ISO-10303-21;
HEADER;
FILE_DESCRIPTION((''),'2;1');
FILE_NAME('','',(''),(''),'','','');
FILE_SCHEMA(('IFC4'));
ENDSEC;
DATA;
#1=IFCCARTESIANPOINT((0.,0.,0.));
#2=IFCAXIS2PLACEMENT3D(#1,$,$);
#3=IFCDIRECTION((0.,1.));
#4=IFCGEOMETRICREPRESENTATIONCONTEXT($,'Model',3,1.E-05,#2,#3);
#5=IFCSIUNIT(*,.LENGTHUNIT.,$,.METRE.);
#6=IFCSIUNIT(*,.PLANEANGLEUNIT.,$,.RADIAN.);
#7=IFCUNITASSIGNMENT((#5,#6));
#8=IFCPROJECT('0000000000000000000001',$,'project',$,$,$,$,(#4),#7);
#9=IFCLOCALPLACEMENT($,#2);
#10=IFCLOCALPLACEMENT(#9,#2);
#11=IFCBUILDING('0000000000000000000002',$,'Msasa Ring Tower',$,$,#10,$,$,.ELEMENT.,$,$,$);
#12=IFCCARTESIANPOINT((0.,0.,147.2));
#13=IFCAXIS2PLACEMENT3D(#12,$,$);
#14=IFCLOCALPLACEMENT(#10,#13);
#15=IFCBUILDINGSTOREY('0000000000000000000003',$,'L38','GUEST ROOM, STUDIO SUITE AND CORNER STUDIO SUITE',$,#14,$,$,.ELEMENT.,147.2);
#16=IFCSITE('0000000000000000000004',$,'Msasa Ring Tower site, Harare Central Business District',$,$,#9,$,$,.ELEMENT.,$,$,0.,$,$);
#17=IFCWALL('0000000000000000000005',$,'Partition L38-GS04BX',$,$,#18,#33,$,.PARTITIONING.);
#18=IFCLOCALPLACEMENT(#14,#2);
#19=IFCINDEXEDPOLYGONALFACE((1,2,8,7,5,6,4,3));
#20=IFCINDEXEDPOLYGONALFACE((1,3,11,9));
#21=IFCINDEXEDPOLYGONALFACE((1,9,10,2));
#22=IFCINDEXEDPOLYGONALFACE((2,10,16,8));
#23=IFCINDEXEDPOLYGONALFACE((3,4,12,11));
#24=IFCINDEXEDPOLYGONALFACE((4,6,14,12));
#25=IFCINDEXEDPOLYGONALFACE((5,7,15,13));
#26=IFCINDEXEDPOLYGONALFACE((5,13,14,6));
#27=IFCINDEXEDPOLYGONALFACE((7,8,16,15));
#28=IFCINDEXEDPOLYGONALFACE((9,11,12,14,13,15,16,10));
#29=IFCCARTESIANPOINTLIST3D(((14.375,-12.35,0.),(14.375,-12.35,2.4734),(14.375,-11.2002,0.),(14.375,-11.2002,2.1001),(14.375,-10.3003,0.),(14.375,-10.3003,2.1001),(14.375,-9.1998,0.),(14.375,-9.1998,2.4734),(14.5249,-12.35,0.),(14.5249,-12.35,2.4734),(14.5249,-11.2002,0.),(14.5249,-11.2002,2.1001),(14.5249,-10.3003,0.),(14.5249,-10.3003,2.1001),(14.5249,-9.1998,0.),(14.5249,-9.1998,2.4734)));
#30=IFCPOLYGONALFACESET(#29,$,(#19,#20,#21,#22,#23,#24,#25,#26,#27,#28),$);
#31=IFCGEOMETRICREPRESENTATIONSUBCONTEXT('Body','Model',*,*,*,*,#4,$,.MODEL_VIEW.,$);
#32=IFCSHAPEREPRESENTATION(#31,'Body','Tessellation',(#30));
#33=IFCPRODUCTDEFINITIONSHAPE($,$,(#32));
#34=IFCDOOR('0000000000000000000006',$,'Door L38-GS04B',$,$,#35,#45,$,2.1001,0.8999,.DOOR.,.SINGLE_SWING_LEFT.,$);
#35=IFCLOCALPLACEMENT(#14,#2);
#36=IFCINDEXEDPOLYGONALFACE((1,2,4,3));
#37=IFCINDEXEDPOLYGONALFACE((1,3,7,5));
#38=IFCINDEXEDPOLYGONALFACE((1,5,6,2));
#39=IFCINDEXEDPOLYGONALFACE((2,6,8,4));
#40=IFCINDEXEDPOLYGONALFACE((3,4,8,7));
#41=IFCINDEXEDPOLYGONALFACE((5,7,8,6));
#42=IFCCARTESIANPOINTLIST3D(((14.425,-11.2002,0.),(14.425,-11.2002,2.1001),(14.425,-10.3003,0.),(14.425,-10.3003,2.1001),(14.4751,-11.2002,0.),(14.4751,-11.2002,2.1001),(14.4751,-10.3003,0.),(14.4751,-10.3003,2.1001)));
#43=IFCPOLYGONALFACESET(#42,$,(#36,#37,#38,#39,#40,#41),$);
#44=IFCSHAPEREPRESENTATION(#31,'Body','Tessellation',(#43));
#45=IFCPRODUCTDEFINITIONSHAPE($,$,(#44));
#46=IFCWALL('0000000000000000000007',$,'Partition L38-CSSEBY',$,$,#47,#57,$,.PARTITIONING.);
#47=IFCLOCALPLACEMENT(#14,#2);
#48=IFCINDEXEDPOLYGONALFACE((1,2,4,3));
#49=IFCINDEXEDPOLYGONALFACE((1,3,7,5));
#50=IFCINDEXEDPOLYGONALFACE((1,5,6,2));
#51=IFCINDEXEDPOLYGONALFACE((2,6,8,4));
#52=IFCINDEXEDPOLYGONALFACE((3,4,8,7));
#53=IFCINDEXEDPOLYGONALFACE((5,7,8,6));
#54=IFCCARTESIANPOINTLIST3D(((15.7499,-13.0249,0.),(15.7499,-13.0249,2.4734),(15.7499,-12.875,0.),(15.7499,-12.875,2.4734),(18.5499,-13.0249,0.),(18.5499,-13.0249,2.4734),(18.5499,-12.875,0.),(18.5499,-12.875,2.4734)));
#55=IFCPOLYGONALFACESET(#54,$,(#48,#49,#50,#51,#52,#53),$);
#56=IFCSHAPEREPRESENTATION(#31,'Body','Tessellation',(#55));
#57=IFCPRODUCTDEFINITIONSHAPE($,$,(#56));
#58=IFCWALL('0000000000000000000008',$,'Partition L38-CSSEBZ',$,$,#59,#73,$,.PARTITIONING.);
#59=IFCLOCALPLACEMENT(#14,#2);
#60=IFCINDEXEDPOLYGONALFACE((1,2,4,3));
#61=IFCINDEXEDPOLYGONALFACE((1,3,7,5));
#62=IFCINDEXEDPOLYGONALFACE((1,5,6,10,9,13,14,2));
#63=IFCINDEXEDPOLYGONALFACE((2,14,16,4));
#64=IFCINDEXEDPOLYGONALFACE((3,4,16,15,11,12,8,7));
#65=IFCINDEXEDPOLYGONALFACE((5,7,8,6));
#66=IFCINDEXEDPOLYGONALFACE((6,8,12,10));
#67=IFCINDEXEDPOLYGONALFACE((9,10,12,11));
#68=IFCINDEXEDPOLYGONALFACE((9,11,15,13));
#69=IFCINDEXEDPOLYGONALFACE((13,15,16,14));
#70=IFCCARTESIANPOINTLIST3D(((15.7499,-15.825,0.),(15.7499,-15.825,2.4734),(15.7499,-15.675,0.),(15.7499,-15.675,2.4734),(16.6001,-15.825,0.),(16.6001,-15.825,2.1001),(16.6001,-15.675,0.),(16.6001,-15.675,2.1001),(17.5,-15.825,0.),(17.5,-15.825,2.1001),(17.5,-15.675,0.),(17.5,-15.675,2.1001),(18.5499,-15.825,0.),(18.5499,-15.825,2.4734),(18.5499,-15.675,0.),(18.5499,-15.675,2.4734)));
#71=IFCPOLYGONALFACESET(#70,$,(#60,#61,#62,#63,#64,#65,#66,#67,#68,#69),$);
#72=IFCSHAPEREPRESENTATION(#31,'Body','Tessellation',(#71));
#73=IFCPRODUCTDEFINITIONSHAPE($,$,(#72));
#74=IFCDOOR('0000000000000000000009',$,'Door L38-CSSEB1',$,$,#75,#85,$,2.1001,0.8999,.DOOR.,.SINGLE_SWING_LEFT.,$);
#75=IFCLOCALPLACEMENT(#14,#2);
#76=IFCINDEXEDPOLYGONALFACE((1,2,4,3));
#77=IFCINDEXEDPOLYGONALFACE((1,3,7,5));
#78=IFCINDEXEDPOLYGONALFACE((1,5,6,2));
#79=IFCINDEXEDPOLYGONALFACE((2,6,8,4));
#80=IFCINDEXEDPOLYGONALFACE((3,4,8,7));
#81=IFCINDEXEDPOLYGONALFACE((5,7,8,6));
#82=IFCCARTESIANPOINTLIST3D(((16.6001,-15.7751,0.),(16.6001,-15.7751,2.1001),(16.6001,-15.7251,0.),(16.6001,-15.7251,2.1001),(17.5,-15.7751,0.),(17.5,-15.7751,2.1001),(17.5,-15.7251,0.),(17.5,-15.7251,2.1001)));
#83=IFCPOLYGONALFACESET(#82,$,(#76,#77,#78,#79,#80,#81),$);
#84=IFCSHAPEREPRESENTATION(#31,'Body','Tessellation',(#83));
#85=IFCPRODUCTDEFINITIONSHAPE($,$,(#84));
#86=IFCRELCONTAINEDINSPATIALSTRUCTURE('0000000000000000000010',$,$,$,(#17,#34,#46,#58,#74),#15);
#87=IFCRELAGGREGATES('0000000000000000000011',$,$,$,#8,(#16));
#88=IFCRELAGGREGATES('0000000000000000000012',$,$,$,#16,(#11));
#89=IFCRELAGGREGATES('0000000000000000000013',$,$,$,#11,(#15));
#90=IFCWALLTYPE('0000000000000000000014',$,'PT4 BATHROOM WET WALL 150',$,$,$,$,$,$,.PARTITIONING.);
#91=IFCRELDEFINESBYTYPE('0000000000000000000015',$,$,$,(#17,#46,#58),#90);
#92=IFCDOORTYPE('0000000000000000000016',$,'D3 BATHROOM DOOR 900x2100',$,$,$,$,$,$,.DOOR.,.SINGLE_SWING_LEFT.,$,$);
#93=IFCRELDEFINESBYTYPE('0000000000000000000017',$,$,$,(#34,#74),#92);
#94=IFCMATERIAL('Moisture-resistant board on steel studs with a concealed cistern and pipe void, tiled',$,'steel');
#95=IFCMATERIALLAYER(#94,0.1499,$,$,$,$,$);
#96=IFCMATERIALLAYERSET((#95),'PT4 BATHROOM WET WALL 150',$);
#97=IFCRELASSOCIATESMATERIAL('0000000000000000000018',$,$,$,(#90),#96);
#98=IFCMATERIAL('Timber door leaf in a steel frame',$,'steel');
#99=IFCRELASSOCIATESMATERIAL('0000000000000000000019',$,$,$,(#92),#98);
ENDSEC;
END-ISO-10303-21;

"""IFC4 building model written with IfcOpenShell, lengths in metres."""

from ifc_helpers import new_model, si_unit, direction, frame, frame_2d, origin, place, context, subcontext, project, spatial, rectangle, extrude, material, layer, layer_set, type_object, element, fill, save


model = new_model("IFC4")

# Units and contexts
model_context = context("Model", 3, precision=1e-05, world=origin(), true_north=direction((0.0, 1.0)))
body_context = subcontext(model_context, "Body", "Model", "MODEL_VIEW")
ifc_project = project(units=[si_unit("LENGTHUNIT", "METRE"), si_unit("PLANEANGLEUNIT", "RADIAN")], contexts=[model_context])

# Site, building, storey
site_placement = place(None, origin())
site = spatial("IfcSite", under=ifc_project, at=site_placement, Name="Msasa Ring Tower site, Harare Central Business District", CompositionType="ELEMENT", RefElevation=0.0)
building_placement = place(site_placement, origin())
building = spatial("IfcBuilding", under=site, at=building_placement, Name="Msasa Ring Tower", CompositionType="ELEMENT")
storey_placement = place(building_placement, frame((0.0, 0.0, 147.2)))
storey = spatial("IfcBuildingStorey", under=building, at=storey_placement, Name="L38", Description="GUEST ROOM, STUDIO SUITE AND CORNER STUDIO SUITE", CompositionType="ELEMENT", Elevation=147.2)

# Wall, opening, door
ifc_material_1 = material(Name="Moisture-resistant board on steel studs with a concealed cistern and pipe void, tiled", Category="steel")
ifc_layer_1 = layer(ifc_material_1, 0.1499)
ifc_layer_set_1 = layer_set([ifc_layer_1], Name="PT4 BATHROOM WET WALL 150")
wall_type_1 = type_object("IfcWallType", Name="PT4 BATHROOM WET WALL 150", PredefinedType="PARTITIONING", material=ifc_layer_set_1)
wall_1_placement = place(storey_placement, frame((14.45, -12.3501, 0.0), z_axis=(0.0, 0.0, 1.0), x_axis=(0.0, 1.0, 0.0)))
wall_1 = element("IfcWall", 1, at=wall_1_placement, inside=storey, type_object=wall_type_1, Name="Partition L38-GS04BX", PredefinedType="PARTITIONING", context=body_context, shape_type="SweptSolid", body=[
    extrude(rectangle(XDim=3.1501, YDim=0.1499, at=frame_2d((1.5752, 0.0))), origin(), (0.0, 0.0, 1.0), 2.4734),
])
opening_1_placement = place(wall_1_placement, frame((1.1499, 0.0, 0.0)))
opening_1 = element("IfcOpeningElement", 2, at=opening_1_placement, cuts=wall_1, PredefinedType="OPENING", context=body_context, shape_type="SweptSolid", body=[
    extrude(rectangle(XDim=0.8999, YDim=2.1001, at=frame_2d((0.45, 1.05))), frame((0.0, 0.085, 0.0), z_axis=(0.0, -1.0, 0.0), x_axis=(1.0, 0.0, 0.0)), (0.0, 0.0, 1.0), 0.1699),
])
ifc_material_2 = material(Name="Timber door leaf in a steel frame", Category="steel")
door_type_1 = type_object("IfcDoorType", Name="D3 BATHROOM DOOR 900x2100", OperationType="SINGLE_SWING_LEFT", PredefinedType="DOOR", material=ifc_material_2)
door_1_placement = place(opening_1_placement, origin())
door_1 = element("IfcDoor", 3, at=door_1_placement, inside=storey, type_object=door_type_1, Name="Door L38-GS04B", OperationType="SINGLE_SWING_LEFT", OverallHeight=2.1001, OverallWidth=0.8999, PredefinedType="DOOR", context=body_context, shape_type="SweptSolid", body=[
    extrude(rectangle(XDim=0.8999, YDim=2.1001, at=frame_2d((0.45, 1.05))), frame((0.0, 0.0249, 0.0), z_axis=(0.0, -1.0, 0.0), x_axis=(1.0, 0.0, 0.0)), (0.0, 0.0, 1.0), 0.05),
])
fill(opening_1, door_1)

# Wall
wall_2_placement = place(storey_placement, frame((15.75, -12.95, 0.0), z_axis=(0.0, 0.0, 1.0), x_axis=(1.0, 0.0, 0.0)))
element("IfcWall", 4, at=wall_2_placement, inside=storey, type_object=wall_type_1, Name="Partition L38-CSSEBY", PredefinedType="PARTITIONING", context=body_context, shape_type="SweptSolid", body=[
    extrude(rectangle(XDim=2.8, YDim=0.1499, at=frame_2d((1.3999, 0.0))), origin(), (0.0, 0.0, 1.0), 2.4734),
])

# Wall, opening, door
wall_3_placement = place(storey_placement, frame((15.75, -15.75, 0.0), z_axis=(0.0, 0.0, 1.0), x_axis=(1.0, 0.0, 0.0)))
wall_3 = element("IfcWall", 5, at=wall_3_placement, inside=storey, type_object=wall_type_1, Name="Partition L38-CSSEBZ", PredefinedType="PARTITIONING", context=body_context, shape_type="SweptSolid", body=[
    extrude(rectangle(XDim=2.8, YDim=0.1499, at=frame_2d((1.3999, 0.0))), origin(), (0.0, 0.0, 1.0), 2.4734),
])
opening_2_placement = place(wall_3_placement, frame((0.8501, 0.0, 0.0)))
opening_2 = element("IfcOpeningElement", 6, at=opening_2_placement, cuts=wall_3, PredefinedType="OPENING", context=body_context, shape_type="SweptSolid", body=[
    extrude(rectangle(XDim=0.8999, YDim=2.1001, at=frame_2d((0.45, 1.05))), frame((0.0, 0.085, 0.0), z_axis=(0.0, -1.0, 0.0), x_axis=(1.0, 0.0, 0.0)), (0.0, 0.0, 1.0), 0.1699),
])
door_2_placement = place(opening_2_placement, origin())
door_2 = element("IfcDoor", 7, at=door_2_placement, inside=storey, type_object=door_type_1, Name="Door L38-CSSEB1", OperationType="SINGLE_SWING_LEFT", OverallHeight=2.1001, OverallWidth=0.8999, PredefinedType="DOOR", context=body_context, shape_type="SweptSolid", body=[
    extrude(rectangle(XDim=0.8999, YDim=2.1001, at=frame_2d((0.45, 1.05))), frame((0.0, 0.0249, 0.0), z_axis=(0.0, -1.0, 0.0), x_axis=(1.0, 0.0, 0.0)), (0.0, 0.0, 1.0), 0.05),
])
fill(opening_2, door_2)

save(model, "model.ifc")
